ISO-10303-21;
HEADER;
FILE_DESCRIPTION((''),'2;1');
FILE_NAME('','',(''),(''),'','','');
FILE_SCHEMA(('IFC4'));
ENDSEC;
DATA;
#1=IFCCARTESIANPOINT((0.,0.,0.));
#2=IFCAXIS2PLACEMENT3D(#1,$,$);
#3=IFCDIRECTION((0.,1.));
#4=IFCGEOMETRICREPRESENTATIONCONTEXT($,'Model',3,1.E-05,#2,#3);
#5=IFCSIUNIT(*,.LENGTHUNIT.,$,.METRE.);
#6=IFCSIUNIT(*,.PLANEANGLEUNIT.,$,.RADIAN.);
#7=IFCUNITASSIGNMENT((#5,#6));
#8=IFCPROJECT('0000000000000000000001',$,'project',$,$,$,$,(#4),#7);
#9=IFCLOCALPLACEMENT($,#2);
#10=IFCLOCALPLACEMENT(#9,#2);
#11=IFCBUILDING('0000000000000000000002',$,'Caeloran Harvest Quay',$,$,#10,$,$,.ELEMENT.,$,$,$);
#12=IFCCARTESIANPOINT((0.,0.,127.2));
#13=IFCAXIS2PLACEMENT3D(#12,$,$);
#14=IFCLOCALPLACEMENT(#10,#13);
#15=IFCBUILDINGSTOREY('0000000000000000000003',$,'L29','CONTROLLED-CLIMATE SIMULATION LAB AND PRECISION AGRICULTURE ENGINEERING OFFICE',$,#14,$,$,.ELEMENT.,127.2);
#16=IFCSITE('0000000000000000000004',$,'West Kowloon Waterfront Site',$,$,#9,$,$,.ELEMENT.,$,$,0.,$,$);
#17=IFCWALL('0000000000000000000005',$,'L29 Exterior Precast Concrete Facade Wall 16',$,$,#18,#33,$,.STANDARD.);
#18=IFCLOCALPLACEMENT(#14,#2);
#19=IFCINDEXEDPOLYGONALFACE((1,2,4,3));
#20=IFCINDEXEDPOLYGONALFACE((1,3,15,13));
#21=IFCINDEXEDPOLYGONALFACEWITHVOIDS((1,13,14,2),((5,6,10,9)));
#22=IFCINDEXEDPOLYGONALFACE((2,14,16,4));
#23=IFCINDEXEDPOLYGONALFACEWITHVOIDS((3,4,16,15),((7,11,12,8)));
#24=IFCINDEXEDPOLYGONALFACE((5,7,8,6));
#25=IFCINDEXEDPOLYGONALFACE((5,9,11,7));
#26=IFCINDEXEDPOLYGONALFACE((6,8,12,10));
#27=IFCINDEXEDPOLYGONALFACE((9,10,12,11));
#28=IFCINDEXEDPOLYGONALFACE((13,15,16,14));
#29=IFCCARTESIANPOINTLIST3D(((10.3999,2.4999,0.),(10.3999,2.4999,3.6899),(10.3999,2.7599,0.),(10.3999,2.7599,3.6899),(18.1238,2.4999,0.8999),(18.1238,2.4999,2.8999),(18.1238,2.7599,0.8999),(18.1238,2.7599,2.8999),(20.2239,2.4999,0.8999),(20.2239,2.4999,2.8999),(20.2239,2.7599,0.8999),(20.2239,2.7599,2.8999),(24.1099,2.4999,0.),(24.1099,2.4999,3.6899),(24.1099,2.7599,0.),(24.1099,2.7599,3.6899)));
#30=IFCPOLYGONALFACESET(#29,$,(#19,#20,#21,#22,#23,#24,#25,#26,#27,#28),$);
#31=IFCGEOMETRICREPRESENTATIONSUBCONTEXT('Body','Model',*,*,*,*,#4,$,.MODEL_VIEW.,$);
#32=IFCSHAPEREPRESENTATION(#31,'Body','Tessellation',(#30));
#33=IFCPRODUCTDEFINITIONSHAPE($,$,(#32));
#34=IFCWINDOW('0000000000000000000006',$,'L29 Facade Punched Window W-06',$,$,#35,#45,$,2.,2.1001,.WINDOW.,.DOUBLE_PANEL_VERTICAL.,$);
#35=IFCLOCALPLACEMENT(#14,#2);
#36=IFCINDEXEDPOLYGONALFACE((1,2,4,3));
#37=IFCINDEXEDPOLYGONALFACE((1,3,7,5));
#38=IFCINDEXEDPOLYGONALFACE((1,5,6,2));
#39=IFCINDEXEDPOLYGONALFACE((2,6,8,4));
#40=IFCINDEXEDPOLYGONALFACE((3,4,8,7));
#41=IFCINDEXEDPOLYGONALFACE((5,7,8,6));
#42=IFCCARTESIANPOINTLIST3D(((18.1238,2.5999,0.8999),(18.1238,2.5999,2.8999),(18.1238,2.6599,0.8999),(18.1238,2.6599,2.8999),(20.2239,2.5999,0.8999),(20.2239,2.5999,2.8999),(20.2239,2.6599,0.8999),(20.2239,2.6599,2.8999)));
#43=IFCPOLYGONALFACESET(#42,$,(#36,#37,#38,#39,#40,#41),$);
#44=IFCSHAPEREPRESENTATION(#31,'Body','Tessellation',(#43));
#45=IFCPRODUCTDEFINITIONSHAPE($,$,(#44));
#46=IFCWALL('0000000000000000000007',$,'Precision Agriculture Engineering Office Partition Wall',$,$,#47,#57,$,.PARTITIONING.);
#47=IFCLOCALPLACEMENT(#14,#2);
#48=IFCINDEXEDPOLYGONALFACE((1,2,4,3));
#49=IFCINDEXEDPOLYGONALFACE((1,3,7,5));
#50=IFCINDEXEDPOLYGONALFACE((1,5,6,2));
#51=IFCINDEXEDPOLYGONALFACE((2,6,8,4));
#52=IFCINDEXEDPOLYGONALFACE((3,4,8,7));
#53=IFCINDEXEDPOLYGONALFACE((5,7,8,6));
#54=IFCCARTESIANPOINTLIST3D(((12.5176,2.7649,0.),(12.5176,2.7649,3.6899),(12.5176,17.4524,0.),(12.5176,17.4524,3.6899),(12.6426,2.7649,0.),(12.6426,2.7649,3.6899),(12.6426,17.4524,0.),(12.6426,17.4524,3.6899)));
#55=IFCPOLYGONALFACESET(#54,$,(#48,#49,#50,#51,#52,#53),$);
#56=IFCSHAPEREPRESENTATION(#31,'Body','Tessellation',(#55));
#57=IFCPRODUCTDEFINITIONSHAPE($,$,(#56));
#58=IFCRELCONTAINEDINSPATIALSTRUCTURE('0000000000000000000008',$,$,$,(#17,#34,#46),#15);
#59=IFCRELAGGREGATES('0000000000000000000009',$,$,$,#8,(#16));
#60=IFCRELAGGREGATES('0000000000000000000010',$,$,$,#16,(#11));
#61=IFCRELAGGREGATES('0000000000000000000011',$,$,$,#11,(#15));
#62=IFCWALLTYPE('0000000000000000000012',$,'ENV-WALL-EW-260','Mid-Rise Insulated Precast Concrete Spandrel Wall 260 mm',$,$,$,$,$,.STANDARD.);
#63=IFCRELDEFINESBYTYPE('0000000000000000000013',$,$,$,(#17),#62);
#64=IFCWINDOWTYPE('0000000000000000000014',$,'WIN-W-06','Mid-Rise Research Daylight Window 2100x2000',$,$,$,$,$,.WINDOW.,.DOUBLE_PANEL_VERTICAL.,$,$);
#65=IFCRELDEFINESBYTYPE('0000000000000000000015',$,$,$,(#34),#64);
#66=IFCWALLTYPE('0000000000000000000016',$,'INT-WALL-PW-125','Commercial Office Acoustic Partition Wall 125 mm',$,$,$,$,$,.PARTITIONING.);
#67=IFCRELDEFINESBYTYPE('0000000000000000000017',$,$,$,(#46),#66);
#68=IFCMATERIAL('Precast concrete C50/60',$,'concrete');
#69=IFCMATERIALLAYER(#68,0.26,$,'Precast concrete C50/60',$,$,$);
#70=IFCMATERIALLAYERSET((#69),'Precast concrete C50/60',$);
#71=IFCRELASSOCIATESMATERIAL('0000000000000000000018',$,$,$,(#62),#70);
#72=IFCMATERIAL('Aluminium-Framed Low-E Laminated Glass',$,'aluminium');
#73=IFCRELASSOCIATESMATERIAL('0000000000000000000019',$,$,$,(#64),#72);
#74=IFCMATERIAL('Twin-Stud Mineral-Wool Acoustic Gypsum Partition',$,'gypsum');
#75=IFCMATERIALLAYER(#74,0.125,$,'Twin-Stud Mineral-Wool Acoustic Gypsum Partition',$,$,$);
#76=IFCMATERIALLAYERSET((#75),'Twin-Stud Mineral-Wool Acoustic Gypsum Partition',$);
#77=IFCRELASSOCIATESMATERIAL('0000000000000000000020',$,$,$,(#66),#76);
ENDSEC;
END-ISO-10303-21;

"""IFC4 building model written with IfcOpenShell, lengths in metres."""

from ifc_helpers import new_model, si_unit, direction, frame, frame_2d, origin, place, context, subcontext, project, spatial, rectangle, extrude, material, layer, layer_set, type_object, element, fill, save


model = new_model("IFC4")

# Units and contexts
model_context = context("Model", 3, precision=1e-05, world=origin(), true_north=direction((0.0, 1.0)))
body_context = subcontext(model_context, "Body", "Model", "MODEL_VIEW")
ifc_project = project(units=[si_unit("LENGTHUNIT", "METRE"), si_unit("PLANEANGLEUNIT", "RADIAN")], contexts=[model_context])

# Site, building, storey
site_placement = place(None, origin())
site = spatial("IfcSite", under=ifc_project, at=site_placement, Name="West Kowloon Waterfront Site", CompositionType="ELEMENT", RefElevation=0.0)
building_placement = place(site_placement, origin())
building = spatial("IfcBuilding", under=site, at=building_placement, Name="Caeloran Harvest Quay", CompositionType="ELEMENT")
storey_placement = place(building_placement, frame((0.0, 0.0, 127.2)))
storey = spatial("IfcBuildingStorey", under=building, at=storey_placement, Name="L29", Description="CONTROLLED-CLIMATE SIMULATION LAB AND PRECISION AGRICULTURE ENGINEERING OFFICE", CompositionType="ELEMENT", Elevation=127.2)

# Shared definitions
ifc_material_1 = material(Name="Precast concrete C50/60", Category="concrete")
ifc_layer_1 = layer(ifc_material_1, 0.26, Name="Precast concrete C50/60")
ifc_layer_set_1 = layer_set([ifc_layer_1], Name="Precast concrete C50/60")
wall_type_1 = type_object("IfcWallType", Name="ENV-WALL-EW-260", Description="Mid-Rise Insulated Precast Concrete Spandrel Wall 260 mm", PredefinedType="STANDARD", material=ifc_layer_set_1)

# Wall, opening, window
wall_1_placement = place(storey_placement, frame((24.1099, 2.6299, 0.0), z_axis=(0.0, 0.0, 1.0), x_axis=(-1.0, 0.0, 0.0)))
wall_1 = element("IfcWall", 1, at=wall_1_placement, inside=storey, type_object=wall_type_1, Name="L29 Exterior Precast Concrete Facade Wall 16", PredefinedType="STANDARD", context=body_context, shape_type="SweptSolid", body=[
    extrude(rectangle(XDim=13.71, YDim=0.26, at=frame_2d((6.855, 0.0))), origin(), (0.0, 0.0, 1.0), 3.6899),
])
opening_placement = place(wall_1_placement, frame((3.886, 0.0, 0.8999)))
opening = element("IfcOpeningElement", 2, at=opening_placement, cuts=wall_1, PredefinedType="OPENING", context=body_context, shape_type="SweptSolid", body=[
    extrude(rectangle(XDim=2.1001, YDim=2.0, at=frame_2d((1.05, 1.0))), frame((0.0, 0.1401, 0.0), z_axis=(0.0, -1.0, 0.0), x_axis=(1.0, 0.0, 0.0)), (0.0, 0.0, 1.0), 0.28),
])
ifc_material_2 = material(Name="Aluminium-Framed Low-E Laminated Glass", Category="aluminium")
window_type = type_object("IfcWindowType", Name="WIN-W-06", Description="Mid-Rise Research Daylight Window 2100x2000", PartitioningType="DOUBLE_PANEL_VERTICAL", PredefinedType="WINDOW", material=ifc_material_2)
window_placement = place(opening_placement, origin())
window = element("IfcWindow", 3, at=window_placement, inside=storey, type_object=window_type, Name="L29 Facade Punched Window W-06", OverallHeight=2.0, OverallWidth=2.1001, PartitioningType="DOUBLE_PANEL_VERTICAL", PredefinedType="WINDOW", context=body_context, shape_type="SweptSolid", body=[
    extrude(rectangle(XDim=2.1001, YDim=2.0, at=frame_2d((1.05, 1.0))), frame((0.0, 0.03, 0.0), z_axis=(0.0, -1.0, 0.0), x_axis=(1.0, 0.0, 0.0)), (0.0, 0.0, 1.0), 0.0601),
])
fill(opening, window)

# Wall
ifc_material_3 = material(Name="Twin-Stud Mineral-Wool Acoustic Gypsum Partition", Category="gypsum")
ifc_layer_2 = layer(ifc_material_3, 0.125, Name="Twin-Stud Mineral-Wool Acoustic Gypsum Partition")
ifc_layer_set_2 = layer_set([ifc_layer_2], Name="Twin-Stud Mineral-Wool Acoustic Gypsum Partition")
wall_type_2 = type_object("IfcWallType", Name="INT-WALL-PW-125", Description="Commercial Office Acoustic Partition Wall 125 mm", PredefinedType="PARTITIONING", material=ifc_layer_set_2)
wall_2_placement = place(storey_placement, frame((12.5801, 2.7649, 0.0), z_axis=(0.0, 0.0, 1.0), x_axis=(0.0, 1.0, 0.0)))
element("IfcWall", 4, at=wall_2_placement, inside=storey, type_object=wall_type_2, Name="Precision Agriculture Engineering Office Partition Wall", PredefinedType="PARTITIONING", context=body_context, shape_type="SweptSolid", body=[
    extrude(rectangle(XDim=14.6875, YDim=0.125, at=frame_2d((7.3438, 0.0))), origin(), (0.0, 0.0, 1.0), 3.6899),
])

save(model, "model.ifc")
